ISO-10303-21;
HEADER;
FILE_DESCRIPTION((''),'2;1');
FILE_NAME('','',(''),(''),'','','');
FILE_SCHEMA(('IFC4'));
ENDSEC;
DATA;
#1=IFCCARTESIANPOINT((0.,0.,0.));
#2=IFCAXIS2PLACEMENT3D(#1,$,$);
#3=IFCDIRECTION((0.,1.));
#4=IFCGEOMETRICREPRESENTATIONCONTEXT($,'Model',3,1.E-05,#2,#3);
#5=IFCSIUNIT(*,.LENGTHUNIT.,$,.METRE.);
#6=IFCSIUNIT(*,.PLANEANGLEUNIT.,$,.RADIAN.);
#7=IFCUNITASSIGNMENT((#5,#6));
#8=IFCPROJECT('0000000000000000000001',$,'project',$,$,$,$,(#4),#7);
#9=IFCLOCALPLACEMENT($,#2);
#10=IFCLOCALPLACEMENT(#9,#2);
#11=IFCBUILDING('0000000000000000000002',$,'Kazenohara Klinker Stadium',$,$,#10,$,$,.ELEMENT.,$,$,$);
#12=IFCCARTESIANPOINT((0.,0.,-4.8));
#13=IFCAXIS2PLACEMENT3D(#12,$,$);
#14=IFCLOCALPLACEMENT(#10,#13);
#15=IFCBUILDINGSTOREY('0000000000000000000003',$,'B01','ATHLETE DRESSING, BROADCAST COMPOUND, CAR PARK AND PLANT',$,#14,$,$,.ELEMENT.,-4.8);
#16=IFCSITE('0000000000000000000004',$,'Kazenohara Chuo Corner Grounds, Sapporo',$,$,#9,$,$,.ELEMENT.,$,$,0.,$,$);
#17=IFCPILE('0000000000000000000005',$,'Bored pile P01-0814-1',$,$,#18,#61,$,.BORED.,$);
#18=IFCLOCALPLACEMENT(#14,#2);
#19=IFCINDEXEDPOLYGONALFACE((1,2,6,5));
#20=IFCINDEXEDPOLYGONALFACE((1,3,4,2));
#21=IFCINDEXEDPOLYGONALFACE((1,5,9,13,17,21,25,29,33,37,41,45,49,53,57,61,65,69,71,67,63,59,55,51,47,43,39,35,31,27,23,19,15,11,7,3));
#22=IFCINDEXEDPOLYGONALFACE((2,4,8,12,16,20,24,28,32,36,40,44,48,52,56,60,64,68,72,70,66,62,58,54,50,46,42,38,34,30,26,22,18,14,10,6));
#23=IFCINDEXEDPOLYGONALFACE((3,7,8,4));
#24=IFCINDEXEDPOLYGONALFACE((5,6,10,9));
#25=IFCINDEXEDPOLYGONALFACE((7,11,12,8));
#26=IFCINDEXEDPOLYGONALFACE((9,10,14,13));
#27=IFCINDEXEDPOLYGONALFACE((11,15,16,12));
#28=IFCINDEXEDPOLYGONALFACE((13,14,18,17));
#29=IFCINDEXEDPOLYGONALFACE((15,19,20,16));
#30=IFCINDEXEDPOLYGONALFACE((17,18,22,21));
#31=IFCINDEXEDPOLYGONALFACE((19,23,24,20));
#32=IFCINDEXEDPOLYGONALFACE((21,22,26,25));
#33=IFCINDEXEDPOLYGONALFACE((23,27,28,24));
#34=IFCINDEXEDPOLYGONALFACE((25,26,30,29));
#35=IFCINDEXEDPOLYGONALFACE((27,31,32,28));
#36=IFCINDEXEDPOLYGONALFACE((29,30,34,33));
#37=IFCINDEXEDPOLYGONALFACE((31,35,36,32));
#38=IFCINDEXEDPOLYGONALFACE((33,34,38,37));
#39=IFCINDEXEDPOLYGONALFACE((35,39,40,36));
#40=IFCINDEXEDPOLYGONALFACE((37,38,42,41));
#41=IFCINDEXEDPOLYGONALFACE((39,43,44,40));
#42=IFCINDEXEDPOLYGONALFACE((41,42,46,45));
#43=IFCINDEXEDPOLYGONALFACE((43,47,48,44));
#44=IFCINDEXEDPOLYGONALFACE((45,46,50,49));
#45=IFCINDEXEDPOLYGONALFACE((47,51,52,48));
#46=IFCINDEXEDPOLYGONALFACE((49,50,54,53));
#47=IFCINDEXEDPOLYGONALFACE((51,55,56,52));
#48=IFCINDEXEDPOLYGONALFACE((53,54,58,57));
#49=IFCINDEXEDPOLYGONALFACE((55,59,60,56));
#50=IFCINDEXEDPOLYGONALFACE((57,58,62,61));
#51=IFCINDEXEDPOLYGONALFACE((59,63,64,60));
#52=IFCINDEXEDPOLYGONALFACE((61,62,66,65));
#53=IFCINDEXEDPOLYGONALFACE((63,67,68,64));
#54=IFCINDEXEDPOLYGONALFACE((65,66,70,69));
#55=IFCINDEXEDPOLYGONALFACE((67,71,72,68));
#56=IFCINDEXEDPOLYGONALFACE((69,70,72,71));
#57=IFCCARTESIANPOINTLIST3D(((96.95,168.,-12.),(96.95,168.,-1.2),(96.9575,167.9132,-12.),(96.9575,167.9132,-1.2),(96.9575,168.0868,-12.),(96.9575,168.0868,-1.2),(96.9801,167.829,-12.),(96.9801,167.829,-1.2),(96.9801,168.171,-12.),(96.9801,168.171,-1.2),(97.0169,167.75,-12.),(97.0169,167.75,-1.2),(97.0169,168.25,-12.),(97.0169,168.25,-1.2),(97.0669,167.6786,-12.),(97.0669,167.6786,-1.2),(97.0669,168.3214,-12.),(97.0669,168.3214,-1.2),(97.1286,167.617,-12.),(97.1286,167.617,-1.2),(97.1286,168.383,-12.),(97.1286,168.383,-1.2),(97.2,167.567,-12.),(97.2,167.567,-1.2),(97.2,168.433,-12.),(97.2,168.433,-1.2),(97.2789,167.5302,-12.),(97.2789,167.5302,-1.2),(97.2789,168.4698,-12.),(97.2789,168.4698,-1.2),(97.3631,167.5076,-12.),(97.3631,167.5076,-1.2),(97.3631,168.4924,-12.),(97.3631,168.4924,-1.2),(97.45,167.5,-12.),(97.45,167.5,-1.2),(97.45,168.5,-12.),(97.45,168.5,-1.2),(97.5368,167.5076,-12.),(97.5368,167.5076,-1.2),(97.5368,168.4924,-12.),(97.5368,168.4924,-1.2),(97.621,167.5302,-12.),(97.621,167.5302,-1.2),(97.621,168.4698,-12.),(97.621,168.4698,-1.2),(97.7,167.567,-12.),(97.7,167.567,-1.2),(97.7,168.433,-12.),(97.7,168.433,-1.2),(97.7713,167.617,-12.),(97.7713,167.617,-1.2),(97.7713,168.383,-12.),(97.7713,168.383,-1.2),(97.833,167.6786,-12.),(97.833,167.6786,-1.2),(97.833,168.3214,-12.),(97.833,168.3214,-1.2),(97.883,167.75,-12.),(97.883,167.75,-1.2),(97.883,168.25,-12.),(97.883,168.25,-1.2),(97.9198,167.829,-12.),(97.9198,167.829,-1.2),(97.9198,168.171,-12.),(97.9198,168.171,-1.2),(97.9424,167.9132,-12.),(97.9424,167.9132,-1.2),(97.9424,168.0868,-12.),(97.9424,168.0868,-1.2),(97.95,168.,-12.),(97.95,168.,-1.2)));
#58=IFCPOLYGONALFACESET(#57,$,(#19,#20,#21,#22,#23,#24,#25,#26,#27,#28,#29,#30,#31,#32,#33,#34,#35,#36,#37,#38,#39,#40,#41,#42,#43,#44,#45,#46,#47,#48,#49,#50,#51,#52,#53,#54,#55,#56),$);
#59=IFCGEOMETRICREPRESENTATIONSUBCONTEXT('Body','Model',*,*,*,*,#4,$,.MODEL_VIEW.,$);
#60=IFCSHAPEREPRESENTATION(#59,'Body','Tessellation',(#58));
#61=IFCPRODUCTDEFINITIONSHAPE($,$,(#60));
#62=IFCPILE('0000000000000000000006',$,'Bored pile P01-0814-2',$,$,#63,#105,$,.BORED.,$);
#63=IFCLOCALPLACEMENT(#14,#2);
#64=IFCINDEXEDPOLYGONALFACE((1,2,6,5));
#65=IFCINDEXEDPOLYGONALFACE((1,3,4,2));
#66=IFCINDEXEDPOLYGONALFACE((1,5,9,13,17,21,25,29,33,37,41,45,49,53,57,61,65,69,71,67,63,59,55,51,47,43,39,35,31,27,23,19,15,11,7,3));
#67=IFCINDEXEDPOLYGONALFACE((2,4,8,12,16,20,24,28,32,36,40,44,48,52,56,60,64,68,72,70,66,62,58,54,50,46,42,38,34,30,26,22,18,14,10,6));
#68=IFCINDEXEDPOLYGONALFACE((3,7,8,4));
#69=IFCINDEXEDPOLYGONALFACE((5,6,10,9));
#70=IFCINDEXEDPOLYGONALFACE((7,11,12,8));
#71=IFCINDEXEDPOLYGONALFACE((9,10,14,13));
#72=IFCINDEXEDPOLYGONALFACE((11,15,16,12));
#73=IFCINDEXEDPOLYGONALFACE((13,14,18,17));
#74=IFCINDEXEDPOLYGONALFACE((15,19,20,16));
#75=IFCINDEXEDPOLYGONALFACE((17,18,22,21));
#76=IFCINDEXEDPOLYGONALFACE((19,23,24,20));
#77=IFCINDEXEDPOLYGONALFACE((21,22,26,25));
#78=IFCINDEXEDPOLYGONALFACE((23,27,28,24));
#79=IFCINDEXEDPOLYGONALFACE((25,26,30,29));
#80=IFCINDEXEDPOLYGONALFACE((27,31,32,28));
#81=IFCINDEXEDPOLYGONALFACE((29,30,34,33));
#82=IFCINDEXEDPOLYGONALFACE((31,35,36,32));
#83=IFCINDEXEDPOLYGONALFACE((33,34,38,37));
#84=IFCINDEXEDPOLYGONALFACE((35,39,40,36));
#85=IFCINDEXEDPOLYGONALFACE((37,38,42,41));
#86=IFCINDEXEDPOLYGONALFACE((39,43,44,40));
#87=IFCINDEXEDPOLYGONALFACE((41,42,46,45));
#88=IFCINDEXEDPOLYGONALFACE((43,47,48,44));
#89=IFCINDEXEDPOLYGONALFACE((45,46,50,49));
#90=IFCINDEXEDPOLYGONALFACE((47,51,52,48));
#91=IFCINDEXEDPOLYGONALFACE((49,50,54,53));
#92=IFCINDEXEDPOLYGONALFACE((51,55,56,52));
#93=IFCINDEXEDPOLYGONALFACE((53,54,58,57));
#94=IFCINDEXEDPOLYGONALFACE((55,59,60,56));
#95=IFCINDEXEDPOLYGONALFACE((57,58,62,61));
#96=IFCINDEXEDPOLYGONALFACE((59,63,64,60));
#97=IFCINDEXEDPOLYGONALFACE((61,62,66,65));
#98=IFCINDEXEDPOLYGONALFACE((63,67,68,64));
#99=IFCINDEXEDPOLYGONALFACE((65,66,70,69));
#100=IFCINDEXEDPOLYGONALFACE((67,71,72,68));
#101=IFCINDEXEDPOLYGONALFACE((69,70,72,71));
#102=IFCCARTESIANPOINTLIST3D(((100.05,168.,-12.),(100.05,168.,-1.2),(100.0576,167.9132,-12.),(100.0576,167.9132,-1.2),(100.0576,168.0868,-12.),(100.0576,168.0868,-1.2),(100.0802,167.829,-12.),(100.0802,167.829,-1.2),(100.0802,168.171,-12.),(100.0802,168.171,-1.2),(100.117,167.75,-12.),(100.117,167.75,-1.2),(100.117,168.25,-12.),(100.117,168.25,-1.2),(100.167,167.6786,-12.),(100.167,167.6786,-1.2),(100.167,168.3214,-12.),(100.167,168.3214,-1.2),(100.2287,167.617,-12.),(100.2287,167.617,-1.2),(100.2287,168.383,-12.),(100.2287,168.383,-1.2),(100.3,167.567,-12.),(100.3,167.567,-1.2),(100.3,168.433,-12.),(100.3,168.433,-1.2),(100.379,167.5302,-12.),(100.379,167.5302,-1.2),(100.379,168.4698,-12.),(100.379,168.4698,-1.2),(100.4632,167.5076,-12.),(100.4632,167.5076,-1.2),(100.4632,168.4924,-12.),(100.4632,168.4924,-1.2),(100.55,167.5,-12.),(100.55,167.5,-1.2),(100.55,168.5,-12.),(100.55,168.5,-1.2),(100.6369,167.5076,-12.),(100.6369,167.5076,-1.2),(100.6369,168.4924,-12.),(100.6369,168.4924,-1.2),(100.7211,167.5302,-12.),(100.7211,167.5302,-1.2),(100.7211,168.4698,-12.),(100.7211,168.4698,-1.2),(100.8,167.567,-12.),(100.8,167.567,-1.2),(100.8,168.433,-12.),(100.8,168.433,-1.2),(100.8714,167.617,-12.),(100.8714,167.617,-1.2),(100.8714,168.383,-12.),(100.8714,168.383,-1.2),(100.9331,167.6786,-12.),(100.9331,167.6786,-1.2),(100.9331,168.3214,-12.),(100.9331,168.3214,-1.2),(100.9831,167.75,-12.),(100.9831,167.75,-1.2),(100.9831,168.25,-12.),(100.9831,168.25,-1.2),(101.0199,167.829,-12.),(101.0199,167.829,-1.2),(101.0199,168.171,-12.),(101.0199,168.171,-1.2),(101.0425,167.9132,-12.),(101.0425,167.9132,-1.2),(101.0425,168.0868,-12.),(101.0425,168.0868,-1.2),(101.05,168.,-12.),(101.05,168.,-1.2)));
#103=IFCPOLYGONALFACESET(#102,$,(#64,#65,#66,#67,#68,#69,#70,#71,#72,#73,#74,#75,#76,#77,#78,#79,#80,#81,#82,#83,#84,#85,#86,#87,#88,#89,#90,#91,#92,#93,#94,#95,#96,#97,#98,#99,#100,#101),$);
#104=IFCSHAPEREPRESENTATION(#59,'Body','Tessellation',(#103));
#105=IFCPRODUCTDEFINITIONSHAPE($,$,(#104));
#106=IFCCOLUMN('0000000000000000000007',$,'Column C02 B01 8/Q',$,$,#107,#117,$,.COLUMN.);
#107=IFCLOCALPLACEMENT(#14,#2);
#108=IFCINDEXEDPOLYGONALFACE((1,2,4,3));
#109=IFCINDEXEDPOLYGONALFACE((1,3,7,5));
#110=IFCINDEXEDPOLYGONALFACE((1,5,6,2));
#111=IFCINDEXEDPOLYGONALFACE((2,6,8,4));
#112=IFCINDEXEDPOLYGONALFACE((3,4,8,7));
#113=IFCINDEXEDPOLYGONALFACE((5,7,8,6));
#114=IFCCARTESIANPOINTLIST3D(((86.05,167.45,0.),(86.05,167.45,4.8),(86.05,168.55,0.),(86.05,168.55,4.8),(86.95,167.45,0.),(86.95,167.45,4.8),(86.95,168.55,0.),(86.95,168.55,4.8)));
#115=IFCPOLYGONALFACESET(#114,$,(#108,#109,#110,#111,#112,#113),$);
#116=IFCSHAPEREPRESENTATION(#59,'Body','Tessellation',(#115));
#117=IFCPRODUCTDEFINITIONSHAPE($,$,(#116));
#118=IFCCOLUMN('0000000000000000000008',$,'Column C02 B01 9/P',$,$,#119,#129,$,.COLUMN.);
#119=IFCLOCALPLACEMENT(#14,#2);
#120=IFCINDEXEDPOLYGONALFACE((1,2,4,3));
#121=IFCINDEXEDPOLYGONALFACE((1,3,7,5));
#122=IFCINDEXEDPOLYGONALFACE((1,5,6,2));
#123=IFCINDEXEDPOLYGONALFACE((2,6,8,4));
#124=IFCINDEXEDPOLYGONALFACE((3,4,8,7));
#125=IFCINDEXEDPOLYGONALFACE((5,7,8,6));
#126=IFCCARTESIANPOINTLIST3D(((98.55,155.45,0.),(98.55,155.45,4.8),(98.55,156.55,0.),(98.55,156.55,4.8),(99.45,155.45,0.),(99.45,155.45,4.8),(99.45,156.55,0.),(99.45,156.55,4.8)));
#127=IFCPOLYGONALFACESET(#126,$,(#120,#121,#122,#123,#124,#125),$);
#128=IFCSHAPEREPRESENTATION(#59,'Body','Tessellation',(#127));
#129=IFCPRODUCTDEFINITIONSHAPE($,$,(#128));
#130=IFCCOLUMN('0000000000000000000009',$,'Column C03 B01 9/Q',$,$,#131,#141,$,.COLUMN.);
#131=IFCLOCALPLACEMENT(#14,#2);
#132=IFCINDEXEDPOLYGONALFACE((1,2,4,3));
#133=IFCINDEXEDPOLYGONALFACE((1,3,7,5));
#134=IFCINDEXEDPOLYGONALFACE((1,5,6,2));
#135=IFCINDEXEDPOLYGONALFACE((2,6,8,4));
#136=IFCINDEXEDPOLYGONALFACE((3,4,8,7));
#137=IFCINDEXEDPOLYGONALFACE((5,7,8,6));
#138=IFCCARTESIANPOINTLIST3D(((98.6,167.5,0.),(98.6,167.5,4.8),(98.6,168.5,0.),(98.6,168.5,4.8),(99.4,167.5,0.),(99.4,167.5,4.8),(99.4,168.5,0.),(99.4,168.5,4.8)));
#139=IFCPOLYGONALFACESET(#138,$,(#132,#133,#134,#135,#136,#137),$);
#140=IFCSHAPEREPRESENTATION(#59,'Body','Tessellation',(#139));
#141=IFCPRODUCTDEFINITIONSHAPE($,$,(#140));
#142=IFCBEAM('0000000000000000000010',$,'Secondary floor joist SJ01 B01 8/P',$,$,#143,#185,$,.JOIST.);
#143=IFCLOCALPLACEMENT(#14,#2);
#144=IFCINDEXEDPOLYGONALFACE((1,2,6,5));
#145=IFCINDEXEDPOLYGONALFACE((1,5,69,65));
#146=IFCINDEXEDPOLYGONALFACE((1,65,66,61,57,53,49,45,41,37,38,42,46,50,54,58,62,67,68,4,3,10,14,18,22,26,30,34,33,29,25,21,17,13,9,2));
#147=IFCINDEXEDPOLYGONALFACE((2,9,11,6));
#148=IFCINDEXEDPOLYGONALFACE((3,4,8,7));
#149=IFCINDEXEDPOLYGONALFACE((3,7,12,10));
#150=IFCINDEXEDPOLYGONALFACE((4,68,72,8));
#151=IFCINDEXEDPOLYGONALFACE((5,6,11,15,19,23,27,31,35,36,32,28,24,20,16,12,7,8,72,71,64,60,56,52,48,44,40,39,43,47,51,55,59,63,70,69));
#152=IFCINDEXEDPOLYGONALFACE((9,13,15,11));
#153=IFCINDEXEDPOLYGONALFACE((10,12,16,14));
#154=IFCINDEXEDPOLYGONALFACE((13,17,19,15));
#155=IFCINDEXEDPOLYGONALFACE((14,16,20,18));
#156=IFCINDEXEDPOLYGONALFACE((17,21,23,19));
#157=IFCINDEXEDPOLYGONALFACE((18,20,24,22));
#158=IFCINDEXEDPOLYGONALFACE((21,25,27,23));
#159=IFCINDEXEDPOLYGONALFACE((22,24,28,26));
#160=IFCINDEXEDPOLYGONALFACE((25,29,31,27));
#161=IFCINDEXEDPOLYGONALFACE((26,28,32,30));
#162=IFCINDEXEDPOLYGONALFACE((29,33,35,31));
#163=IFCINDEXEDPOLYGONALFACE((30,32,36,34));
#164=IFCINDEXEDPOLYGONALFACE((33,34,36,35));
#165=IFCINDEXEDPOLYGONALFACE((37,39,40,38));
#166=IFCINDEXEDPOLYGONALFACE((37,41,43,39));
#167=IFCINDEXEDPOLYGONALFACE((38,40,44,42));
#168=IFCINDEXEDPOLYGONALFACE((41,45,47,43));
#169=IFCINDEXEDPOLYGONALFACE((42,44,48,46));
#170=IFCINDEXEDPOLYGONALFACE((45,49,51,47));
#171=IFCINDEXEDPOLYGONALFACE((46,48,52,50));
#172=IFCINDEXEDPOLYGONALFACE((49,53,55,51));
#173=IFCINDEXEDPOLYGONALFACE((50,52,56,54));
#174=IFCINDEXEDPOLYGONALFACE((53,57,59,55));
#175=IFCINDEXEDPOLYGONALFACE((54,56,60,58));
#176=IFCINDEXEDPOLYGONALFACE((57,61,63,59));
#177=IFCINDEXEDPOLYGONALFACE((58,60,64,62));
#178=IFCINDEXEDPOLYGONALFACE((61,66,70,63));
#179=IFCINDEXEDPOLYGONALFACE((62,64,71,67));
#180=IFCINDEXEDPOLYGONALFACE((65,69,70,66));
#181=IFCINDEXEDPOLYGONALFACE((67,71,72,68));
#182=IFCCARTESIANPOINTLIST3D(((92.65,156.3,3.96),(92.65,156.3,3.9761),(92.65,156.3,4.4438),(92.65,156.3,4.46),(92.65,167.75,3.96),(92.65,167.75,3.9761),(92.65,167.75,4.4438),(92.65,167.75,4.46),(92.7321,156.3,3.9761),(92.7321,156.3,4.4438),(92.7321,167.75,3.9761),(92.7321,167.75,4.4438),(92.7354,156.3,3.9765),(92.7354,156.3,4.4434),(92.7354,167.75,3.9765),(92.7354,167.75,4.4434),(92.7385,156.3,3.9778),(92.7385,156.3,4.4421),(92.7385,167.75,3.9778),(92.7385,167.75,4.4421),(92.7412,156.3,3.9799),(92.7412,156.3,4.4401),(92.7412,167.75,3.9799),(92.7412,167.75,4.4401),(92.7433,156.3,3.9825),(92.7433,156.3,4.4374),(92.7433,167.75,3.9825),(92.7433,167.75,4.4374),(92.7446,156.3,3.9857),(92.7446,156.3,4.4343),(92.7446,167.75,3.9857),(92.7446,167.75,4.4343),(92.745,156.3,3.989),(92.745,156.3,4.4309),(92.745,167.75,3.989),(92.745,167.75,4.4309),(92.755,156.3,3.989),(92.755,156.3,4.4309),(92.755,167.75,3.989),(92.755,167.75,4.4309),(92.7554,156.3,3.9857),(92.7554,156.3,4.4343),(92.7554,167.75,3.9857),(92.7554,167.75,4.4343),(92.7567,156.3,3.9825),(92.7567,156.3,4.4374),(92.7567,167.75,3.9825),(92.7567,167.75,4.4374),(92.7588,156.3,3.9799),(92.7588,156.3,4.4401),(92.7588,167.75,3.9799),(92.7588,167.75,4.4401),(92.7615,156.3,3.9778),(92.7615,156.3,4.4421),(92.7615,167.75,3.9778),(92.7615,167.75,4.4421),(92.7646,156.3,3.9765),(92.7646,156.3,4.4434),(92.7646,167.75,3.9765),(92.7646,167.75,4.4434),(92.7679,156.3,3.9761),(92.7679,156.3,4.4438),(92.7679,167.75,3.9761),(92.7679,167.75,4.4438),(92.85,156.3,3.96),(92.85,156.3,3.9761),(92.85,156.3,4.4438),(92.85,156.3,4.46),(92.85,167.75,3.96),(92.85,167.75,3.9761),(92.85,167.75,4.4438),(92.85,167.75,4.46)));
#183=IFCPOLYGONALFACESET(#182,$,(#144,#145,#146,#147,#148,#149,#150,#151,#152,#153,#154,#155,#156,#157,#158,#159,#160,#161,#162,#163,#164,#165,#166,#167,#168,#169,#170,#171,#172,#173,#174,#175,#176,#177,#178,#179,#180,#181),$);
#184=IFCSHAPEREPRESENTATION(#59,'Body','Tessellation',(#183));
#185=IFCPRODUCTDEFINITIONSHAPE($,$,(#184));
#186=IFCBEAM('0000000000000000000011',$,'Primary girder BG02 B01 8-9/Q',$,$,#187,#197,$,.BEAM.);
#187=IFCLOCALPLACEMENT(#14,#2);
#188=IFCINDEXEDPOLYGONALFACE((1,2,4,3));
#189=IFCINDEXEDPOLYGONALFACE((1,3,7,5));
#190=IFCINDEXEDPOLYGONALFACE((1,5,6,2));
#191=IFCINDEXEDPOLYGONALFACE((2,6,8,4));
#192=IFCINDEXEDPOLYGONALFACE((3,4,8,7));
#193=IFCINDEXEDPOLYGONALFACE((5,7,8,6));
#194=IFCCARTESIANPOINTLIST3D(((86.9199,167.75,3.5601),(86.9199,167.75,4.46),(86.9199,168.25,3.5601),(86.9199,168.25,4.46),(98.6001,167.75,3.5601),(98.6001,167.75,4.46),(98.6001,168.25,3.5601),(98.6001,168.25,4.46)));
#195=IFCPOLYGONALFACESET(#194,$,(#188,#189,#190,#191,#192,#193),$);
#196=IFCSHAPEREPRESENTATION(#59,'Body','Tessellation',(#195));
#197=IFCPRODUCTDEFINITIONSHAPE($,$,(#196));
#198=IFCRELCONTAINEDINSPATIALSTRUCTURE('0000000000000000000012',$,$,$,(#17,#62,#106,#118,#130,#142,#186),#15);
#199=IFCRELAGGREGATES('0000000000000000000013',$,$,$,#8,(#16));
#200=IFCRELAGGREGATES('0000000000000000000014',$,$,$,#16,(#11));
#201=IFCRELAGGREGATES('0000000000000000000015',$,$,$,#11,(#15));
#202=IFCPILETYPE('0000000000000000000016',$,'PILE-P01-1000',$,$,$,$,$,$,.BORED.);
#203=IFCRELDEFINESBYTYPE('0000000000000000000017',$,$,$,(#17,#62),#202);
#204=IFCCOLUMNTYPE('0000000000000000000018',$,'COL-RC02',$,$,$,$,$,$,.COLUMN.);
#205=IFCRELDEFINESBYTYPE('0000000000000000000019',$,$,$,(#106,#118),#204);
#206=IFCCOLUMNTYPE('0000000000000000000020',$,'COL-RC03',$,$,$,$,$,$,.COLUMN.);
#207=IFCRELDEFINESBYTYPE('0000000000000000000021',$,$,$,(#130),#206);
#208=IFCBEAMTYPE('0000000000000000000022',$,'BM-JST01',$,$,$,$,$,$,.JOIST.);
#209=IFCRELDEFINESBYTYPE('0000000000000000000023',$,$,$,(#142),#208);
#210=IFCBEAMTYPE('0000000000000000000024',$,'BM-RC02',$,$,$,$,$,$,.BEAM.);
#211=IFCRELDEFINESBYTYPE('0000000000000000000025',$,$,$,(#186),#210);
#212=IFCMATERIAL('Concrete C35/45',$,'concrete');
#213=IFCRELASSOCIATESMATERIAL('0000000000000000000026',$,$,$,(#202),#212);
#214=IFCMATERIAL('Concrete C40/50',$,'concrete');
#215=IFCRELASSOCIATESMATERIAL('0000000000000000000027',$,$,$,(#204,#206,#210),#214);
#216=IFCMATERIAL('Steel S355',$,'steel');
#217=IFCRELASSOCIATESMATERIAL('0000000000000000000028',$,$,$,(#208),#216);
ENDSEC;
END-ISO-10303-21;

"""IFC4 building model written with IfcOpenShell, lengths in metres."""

from ifc_helpers import new_model, si_unit, direction, frame, origin, origin_2d, place, context, subcontext, project, spatial, rectangle, circle, i_section, extrude, material, material_profile, profile_set, type_object, element, save


model = new_model("IFC4")

# Units and contexts
model_context = context("Model", 3, precision=1e-05, world=origin(), true_north=direction((0.0, 1.0)))
body_context = subcontext(model_context, "Body", "Model", "MODEL_VIEW")
ifc_project = project(units=[si_unit("LENGTHUNIT", "METRE"), si_unit("PLANEANGLEUNIT", "RADIAN")], contexts=[model_context])

# Site, building, storey
site_placement = place(None, origin())
site = spatial("IfcSite", under=ifc_project, at=site_placement, Name="Kazenohara Chuo Corner Grounds, Sapporo", CompositionType="ELEMENT", RefElevation=0.0)
building_placement = place(site_placement, origin())
building = spatial("IfcBuilding", under=site, at=building_placement, Name="Kazenohara Klinker Stadium", CompositionType="ELEMENT")
storey_placement = place(building_placement, frame((0.0, 0.0, -4.8)))
storey = spatial("IfcBuildingStorey", under=building, at=storey_placement, Name="B01", Description="ATHLETE DRESSING, BROADCAST COMPOUND, CAR PARK AND PLANT", CompositionType="ELEMENT", Elevation=-4.8)

# Shared definitions
ifc_material_1 = material(Name="Concrete C35/45", Category="concrete")

# Piles
ifc_material_profile_1 = material_profile(ifc_material_1, circle(Radius=0.5, at=origin_2d()), Name="BORED-PILE-1000")
ifc_profile_set_1 = profile_set([ifc_material_profile_1], Name="Concrete C35/45")
pile_type = type_object("IfcPileType", Name="PILE-P01-1000", PredefinedType="BORED", material=ifc_profile_set_1)
for number, where, z_axis, x_axis, name in (
    (1, (97.45, 168.0, -1.2), (0.0, 0.0, -1.0), (1.0, 0.0, 0.0), "Bored pile P01-0814-1"),
    (2, (100.55, 168.0, -1.2), (0.0, 0.0, -1.0), (1.0, 0.0, 0.0), "Bored pile P01-0814-2"),
):
    element("IfcPile", number, at=place(storey_placement, frame(where, z_axis=z_axis, x_axis=x_axis)), inside=storey, type_object=pile_type, Name=name, PredefinedType="BORED", context=body_context, shape_type="SweptSolid", body=[
        extrude(circle(Radius=0.5, at=origin_2d()), origin(), (0.0, 0.0, 1.0), 10.8),
    ])

# Columns
ifc_material_2 = material(Name="Concrete C40/50", Category="concrete")
ifc_material_profile_2 = material_profile(ifc_material_2, rectangle(XDim=0.8999, YDim=1.1001, at=origin_2d()), Name="RC-COL-1100x900")
ifc_profile_set_2 = profile_set([ifc_material_profile_2], Name="Concrete C40/50")
column_type_1 = type_object("IfcColumnType", Name="COL-RC02", PredefinedType="COLUMN", material=ifc_profile_set_2)
for number, where, z_axis, x_axis, name in (
    (3, (86.5, 168.0, 0.0), (0.0, 0.0, 1.0), (1.0, 0.0, 0.0), "Column C02 B01 8/Q"),
    (4, (99.0, 156.0, 0.0), (0.0, 0.0, 1.0), (1.0, 0.0, 0.0), "Column C02 B01 9/P"),
):
    element("IfcColumn", number, at=place(storey_placement, frame(where, z_axis=z_axis, x_axis=x_axis)), inside=storey, type_object=column_type_1, Name=name, PredefinedType="COLUMN", context=body_context, shape_type="SweptSolid", body=[
        extrude(rectangle(XDim=0.8999, YDim=1.1001, at=origin_2d()), origin(), (0.0, 0.0, 1.0), 4.8),
    ])
ifc_material_profile_3 = material_profile(ifc_material_2, rectangle(XDim=0.8, YDim=1.0, at=origin_2d()), Name="RC-COL-1000x800")
ifc_profile_set_3 = profile_set([ifc_material_profile_3], Name="Concrete C40/50")
column_type_2 = type_object("IfcColumnType", Name="COL-RC03", PredefinedType="COLUMN", material=ifc_profile_set_3)
column_placement = place(storey_placement, frame((99.0, 168.0, 0.0), z_axis=(0.0, 0.0, 1.0), x_axis=(1.0, 0.0, 0.0)))
element("IfcColumn", 5, at=column_placement, inside=storey, type_object=column_type_2, Name="Column C03 B01 9/Q", PredefinedType="COLUMN", context=body_context, shape_type="SweptSolid", body=[
    extrude(rectangle(XDim=0.8, YDim=1.0, at=origin_2d()), origin(), (0.0, 0.0, 1.0), 4.8),
])

# Beams
ifc_material_3 = material(Name="Steel S355", Category="steel")
ifc_material_profile_4 = material_profile(ifc_material_3, i_section(OverallWidth=0.2, OverallDepth=0.5, WebThickness=0.01, FlangeThickness=0.0161, FilletRadius=0.0129, at=origin_2d()), Name="H-500x200x10x16")
ifc_profile_set_4 = profile_set([ifc_material_profile_4], Name="Steel S355")
beam_type_1 = type_object("IfcBeamType", Name="BM-JST01", PredefinedType="JOIST", material=ifc_profile_set_4)
beam_1_placement = place(storey_placement, frame((92.75, 156.3, 4.21), z_axis=(0.0, 1.0, 0.0), x_axis=(-1.0, 0.0, 0.0)))
element("IfcBeam", 6, at=beam_1_placement, inside=storey, type_object=beam_type_1, Name="Secondary floor joist SJ01 B01 8/P", PredefinedType="JOIST", context=body_context, shape_type="SweptSolid", body=[
    extrude(i_section(OverallWidth=0.2, OverallDepth=0.5, WebThickness=0.01, FlangeThickness=0.0161, FilletRadius=0.0129, at=origin_2d()), origin(), (0.0, 0.0, 1.0), 11.45),
])
ifc_material_profile_5 = material_profile(ifc_material_2, rectangle(XDim=0.5, YDim=0.8999, at=origin_2d()), Name="RC-BM-500x900")
ifc_profile_set_5 = profile_set([ifc_material_profile_5], Name="Concrete C40/50")
beam_type_2 = type_object("IfcBeamType", Name="BM-RC02", PredefinedType="BEAM", material=ifc_profile_set_5)
beam_2_placement = place(storey_placement, frame((86.9199, 168.0, 4.01), z_axis=(1.0, 0.0, 0.0), x_axis=(0.0, 1.0, 0.0)))
element("IfcBeam", 7, at=beam_2_placement, inside=storey, type_object=beam_type_2, Name="Primary girder BG02 B01 8-9/Q", PredefinedType="BEAM", context=body_context, shape_type="SweptSolid", body=[
    extrude(rectangle(XDim=0.5, YDim=0.8999, at=origin_2d()), origin(), (0.0, 0.0, 1.0), 11.6802),
])

save(model, "model.ifc")
